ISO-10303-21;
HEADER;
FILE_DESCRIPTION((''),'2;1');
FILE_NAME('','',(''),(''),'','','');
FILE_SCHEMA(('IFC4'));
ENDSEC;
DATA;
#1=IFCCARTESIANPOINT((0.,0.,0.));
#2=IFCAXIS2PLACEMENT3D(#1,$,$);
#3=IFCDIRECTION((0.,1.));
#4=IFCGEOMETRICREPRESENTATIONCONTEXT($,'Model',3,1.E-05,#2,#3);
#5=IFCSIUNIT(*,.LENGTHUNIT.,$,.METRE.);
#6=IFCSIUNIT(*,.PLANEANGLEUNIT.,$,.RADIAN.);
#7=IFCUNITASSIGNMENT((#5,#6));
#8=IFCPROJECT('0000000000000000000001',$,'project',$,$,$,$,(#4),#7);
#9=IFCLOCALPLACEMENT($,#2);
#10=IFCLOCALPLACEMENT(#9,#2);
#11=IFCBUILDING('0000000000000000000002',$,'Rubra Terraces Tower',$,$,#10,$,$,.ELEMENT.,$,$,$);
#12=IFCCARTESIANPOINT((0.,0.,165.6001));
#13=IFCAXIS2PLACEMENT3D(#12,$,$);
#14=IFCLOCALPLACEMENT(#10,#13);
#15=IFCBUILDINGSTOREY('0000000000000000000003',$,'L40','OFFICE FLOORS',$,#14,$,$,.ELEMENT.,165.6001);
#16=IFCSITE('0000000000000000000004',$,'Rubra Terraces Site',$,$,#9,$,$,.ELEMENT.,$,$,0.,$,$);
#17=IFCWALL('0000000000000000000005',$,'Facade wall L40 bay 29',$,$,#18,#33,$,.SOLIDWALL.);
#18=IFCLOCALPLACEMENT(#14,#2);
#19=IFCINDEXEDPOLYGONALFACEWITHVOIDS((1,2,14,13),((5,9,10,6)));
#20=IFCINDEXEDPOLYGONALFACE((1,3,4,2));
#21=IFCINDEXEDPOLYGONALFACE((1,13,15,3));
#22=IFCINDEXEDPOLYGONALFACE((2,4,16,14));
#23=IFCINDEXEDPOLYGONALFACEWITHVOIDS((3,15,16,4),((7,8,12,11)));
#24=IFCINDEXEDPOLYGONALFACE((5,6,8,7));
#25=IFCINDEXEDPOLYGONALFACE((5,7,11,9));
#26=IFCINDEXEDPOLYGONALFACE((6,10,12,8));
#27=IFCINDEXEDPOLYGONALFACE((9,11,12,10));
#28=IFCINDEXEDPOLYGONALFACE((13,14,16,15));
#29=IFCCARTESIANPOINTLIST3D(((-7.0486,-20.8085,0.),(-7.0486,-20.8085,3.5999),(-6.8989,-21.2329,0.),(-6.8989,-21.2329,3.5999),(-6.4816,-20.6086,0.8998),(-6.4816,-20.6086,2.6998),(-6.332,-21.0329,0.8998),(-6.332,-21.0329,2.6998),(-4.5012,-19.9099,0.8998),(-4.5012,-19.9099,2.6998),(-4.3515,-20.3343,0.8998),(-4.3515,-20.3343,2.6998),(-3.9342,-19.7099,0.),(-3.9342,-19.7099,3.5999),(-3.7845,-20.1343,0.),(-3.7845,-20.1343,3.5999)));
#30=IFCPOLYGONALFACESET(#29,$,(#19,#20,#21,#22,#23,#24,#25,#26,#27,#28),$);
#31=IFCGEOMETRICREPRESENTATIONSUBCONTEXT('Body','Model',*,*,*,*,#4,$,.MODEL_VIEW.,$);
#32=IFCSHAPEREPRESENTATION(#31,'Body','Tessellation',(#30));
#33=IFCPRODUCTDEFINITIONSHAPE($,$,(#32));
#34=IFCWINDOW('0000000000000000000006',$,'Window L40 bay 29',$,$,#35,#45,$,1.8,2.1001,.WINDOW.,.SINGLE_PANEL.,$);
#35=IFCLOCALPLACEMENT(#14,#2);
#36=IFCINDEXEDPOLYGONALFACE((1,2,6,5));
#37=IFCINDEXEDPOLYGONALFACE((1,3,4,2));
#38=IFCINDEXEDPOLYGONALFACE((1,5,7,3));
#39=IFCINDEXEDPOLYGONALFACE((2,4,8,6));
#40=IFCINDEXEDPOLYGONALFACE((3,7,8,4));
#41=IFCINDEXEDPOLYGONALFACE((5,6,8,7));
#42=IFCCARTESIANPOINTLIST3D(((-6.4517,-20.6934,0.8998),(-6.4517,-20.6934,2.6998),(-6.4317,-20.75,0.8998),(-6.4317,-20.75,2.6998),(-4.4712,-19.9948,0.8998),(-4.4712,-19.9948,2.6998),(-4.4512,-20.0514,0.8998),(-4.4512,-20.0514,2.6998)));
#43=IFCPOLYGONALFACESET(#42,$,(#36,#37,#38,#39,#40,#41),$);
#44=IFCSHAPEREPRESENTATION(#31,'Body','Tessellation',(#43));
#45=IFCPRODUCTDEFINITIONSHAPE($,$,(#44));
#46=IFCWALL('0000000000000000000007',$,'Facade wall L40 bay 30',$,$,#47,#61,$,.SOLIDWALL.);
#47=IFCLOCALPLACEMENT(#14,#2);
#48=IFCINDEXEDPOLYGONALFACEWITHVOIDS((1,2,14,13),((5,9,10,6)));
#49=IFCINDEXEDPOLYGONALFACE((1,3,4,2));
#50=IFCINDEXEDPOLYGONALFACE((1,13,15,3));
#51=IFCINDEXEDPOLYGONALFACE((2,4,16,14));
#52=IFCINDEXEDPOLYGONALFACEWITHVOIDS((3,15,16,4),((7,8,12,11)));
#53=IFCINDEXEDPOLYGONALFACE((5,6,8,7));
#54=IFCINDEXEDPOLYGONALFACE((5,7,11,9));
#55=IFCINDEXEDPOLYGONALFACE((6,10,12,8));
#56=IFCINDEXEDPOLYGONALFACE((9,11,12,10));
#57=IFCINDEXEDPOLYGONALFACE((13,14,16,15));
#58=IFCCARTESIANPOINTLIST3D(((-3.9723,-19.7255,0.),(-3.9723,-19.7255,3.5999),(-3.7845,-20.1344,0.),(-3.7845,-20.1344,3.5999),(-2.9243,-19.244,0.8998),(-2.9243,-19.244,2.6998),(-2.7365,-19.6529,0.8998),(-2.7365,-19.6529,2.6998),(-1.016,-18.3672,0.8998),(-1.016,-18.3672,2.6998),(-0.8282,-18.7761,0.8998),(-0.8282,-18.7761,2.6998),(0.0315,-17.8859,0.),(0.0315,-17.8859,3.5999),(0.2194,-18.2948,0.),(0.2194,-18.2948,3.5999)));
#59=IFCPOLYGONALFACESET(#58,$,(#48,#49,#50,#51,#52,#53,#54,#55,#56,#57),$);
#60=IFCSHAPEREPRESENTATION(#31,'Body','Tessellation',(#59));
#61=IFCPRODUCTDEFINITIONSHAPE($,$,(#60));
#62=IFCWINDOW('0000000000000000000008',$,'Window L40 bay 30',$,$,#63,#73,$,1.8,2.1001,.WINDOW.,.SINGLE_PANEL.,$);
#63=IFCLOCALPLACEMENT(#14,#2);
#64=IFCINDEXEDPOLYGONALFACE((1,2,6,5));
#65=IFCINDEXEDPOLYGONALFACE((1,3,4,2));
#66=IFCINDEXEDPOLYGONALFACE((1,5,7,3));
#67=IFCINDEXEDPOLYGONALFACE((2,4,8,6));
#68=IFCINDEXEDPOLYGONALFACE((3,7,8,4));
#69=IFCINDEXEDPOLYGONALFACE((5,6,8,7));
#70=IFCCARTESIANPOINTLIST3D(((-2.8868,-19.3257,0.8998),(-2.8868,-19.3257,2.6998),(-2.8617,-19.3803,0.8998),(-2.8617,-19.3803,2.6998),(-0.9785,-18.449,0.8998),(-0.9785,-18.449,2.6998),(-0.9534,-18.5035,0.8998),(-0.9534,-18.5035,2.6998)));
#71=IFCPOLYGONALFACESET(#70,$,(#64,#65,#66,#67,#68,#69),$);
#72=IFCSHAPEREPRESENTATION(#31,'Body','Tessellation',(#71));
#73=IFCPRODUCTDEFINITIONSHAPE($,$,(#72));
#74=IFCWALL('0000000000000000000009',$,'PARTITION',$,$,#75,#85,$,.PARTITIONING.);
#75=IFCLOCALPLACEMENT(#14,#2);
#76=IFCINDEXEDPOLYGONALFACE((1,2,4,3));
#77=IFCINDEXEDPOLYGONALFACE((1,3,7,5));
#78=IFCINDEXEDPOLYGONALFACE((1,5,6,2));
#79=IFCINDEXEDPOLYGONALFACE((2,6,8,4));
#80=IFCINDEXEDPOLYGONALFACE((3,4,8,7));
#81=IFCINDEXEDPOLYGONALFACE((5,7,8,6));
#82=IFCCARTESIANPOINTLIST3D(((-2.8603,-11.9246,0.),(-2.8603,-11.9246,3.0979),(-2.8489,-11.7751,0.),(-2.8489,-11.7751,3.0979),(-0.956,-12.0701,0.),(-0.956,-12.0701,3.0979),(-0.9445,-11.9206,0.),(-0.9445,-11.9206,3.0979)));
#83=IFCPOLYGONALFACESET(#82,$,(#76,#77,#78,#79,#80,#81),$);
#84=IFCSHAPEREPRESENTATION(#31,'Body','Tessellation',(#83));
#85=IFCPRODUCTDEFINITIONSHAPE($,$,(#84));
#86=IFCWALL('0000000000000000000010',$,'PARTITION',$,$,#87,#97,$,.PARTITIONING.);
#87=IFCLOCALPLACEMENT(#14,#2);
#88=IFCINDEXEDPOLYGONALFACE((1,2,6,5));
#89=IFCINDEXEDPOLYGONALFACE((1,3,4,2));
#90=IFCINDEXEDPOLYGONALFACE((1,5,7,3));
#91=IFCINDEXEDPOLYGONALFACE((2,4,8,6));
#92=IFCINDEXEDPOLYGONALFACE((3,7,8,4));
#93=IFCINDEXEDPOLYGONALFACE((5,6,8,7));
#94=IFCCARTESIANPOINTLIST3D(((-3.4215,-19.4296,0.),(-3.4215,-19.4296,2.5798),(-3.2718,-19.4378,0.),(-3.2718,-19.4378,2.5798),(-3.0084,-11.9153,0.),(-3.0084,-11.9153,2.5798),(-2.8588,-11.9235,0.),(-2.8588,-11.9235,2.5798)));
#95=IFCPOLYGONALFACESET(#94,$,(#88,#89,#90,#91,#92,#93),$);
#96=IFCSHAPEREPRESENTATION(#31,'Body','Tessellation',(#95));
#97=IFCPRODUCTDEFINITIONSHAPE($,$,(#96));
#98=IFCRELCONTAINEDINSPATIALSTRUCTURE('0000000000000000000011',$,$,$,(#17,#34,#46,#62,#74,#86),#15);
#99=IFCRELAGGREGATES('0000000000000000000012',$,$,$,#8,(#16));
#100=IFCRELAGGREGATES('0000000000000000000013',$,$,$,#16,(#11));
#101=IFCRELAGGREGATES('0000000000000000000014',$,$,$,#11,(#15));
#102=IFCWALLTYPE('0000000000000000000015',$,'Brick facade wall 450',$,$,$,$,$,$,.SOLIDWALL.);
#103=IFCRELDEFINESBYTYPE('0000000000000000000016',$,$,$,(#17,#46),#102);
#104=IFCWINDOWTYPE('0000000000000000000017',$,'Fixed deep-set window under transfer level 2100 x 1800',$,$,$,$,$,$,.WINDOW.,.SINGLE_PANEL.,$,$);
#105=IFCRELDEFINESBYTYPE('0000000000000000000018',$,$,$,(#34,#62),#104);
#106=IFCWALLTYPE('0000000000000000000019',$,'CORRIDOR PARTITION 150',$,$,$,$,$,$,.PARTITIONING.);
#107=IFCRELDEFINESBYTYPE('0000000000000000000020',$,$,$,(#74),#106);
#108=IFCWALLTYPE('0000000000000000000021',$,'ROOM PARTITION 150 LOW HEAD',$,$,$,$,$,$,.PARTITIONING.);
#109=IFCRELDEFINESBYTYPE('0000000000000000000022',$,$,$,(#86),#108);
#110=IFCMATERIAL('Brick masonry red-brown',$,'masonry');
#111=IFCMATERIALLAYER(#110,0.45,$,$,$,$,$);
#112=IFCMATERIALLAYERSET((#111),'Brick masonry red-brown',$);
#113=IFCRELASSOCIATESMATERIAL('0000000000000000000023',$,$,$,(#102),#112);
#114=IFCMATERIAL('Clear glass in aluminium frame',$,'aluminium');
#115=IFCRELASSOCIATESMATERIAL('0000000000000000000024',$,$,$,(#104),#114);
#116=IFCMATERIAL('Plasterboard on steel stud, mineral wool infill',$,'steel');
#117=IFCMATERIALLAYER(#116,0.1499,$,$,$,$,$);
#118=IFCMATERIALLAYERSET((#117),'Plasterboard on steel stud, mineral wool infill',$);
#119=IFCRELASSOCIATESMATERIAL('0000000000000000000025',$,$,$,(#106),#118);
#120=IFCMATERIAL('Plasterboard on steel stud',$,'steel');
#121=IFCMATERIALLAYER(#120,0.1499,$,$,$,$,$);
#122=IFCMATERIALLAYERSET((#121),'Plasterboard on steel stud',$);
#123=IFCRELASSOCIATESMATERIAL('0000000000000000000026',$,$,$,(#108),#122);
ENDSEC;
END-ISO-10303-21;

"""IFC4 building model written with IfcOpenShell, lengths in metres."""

from ifc_helpers import new_model, si_unit, direction, frame, frame_2d, origin, place, context, subcontext, project, spatial, rectangle, extrude, material, layer, layer_set, type_object, element, fill, save


model = new_model("IFC4")

# Units and contexts
model_context = context("Model", 3, precision=1e-05, world=origin(), true_north=direction((0.0, 1.0)))
body_context = subcontext(model_context, "Body", "Model", "MODEL_VIEW")
ifc_project = project(units=[si_unit("LENGTHUNIT", "METRE"), si_unit("PLANEANGLEUNIT", "RADIAN")], contexts=[model_context])

# Site, building, storey
site_placement = place(None, origin())
site = spatial("IfcSite", under=ifc_project, at=site_placement, Name="Rubra Terraces Site", CompositionType="ELEMENT", RefElevation=0.0)
building_placement = place(site_placement, origin())
building = spatial("IfcBuilding", under=site, at=building_placement, Name="Rubra Terraces Tower", CompositionType="ELEMENT")
storey_placement = place(building_placement, frame((0.0, 0.0, 165.6001)))
storey = spatial("IfcBuildingStorey", under=building, at=storey_placement, Name="L40", Description="OFFICE FLOORS", CompositionType="ELEMENT", Elevation=165.6001)

# Walls, openings, windows
ifc_material_1 = material(Name="Brick masonry red-brown", Category="masonry")
ifc_layer_1 = layer(ifc_material_1, 0.45)
ifc_layer_set_1 = layer_set([ifc_layer_1], Name="Brick masonry red-brown")
wall_type_1 = type_object("IfcWallType", Name="Brick facade wall 450", PredefinedType="SOLIDWALL", material=ifc_layer_set_1)
ifc_material_2 = material(Name="Clear glass in aluminium frame", Category="aluminium")
window_type = type_object("IfcWindowType", Name="Fixed deep-set window under transfer level 2100 x 1800", PartitioningType="SINGLE_PANEL", PredefinedType="WINDOW", material=ifc_material_2)
wall_1_placement = place(storey_placement, frame((-6.9739, -21.0208, 0.0), z_axis=(0.0, 0.0, 1.0), x_axis=(0.943048, 0.332658, 0.0)))
wall_1 = element("IfcWall", 1, at=wall_1_placement, inside=storey, type_object=wall_type_1, Name="Facade wall L40 bay 29", PredefinedType="SOLIDWALL", context=body_context, shape_type="SweptSolid", body=[
    extrude(rectangle(XDim=3.3025, YDim=0.45, at=frame_2d((1.6514, 0.0))), origin(), (0.0, 0.0, 1.0), 3.5999),
])
opening_1_placement = place(wall_1_placement, frame((0.6013, 0.0, 0.8999)))
opening_1 = element("IfcOpeningElement", 2, at=opening_1_placement, cuts=wall_1, PredefinedType="OPENING", context=body_context, shape_type="SweptSolid", body=[
    extrude(rectangle(XDim=2.1001, YDim=1.8, at=frame_2d((1.05, 0.8999))), frame((0.0, 0.2349, 0.0), z_axis=(0.0, -1.0, 0.0), x_axis=(1.0, 0.0, 0.0)), (0.0, 0.0, 1.0), 0.47),
])
window_1_placement = place(opening_1_placement, origin())
window_1 = element("IfcWindow", 3, at=window_1_placement, inside=storey, type_object=window_type, Name="Window L40 bay 29", OverallHeight=1.8, OverallWidth=2.1001, PartitioningType="SINGLE_PANEL", PredefinedType="WINDOW", context=body_context, shape_type="SweptSolid", body=[
    extrude(rectangle(XDim=2.1001, YDim=1.8, at=frame_2d((1.05, 0.8999))), frame((0.0, 0.135, 0.0), z_axis=(0.0, -1.0, 0.0), x_axis=(1.0, 0.0, 0.0)), (0.0, 0.0, 1.0), 0.0601),
])
fill(opening_1, window_1)
wall_2_placement = place(storey_placement, frame((-3.8784, -19.9299, 0.0), z_axis=(0.0, 0.0, 1.0), x_axis=(0.90868, 0.417494, 0.0)))
wall_2 = element("IfcWall", 4, at=wall_2_placement, inside=storey, type_object=wall_type_1, Name="Facade wall L40 bay 30", PredefinedType="SOLIDWALL", context=body_context, shape_type="SweptSolid", body=[
    extrude(rectangle(XDim=4.4062, YDim=0.45, at=frame_2d((2.2031, 0.0))), origin(), (0.0, 0.0, 1.0), 3.5999),
])
opening_2_placement = place(wall_2_placement, frame((1.1533, 0.0, 0.8999)))
opening_2 = element("IfcOpeningElement", 5, at=opening_2_placement, cuts=wall_2, PredefinedType="OPENING", context=body_context, shape_type="SweptSolid", body=[
    extrude(rectangle(XDim=2.1001, YDim=1.8, at=frame_2d((1.05, 0.8999))), frame((0.0, 0.2349, 0.0), z_axis=(0.0, -1.0, 0.0), x_axis=(1.0, 0.0, 0.0)), (0.0, 0.0, 1.0), 0.47),
])
window_2_placement = place(opening_2_placement, origin())
window_2 = element("IfcWindow", 6, at=window_2_placement, inside=storey, type_object=window_type, Name="Window L40 bay 30", OverallHeight=1.8, OverallWidth=2.1001, PartitioningType="SINGLE_PANEL", PredefinedType="WINDOW", context=body_context, shape_type="SweptSolid", body=[
    extrude(rectangle(XDim=2.1001, YDim=1.8, at=frame_2d((1.05, 0.8999))), frame((0.0, 0.135, 0.0), z_axis=(0.0, -1.0, 0.0), x_axis=(1.0, 0.0, 0.0)), (0.0, 0.0, 1.0), 0.0601),
])
fill(opening_2, window_2)

# Walls
ifc_material_3 = material(Name="Plasterboard on steel stud, mineral wool infill", Category="steel")
ifc_layer_2 = layer(ifc_material_3, 0.1499)
ifc_layer_set_2 = layer_set([ifc_layer_2], Name="Plasterboard on steel stud, mineral wool infill")
wall_type_2 = type_object("IfcWallType", Name="CORRIDOR PARTITION 150", PredefinedType="PARTITIONING", material=ifc_layer_set_2)
wall_3_placement = place(storey_placement, frame((-2.8547, -11.8499, 0.0), z_axis=(0.0, 0.0, 1.0), x_axis=(0.997093, -0.076188, 0.0)))
element("IfcWall", 7, at=wall_3_placement, inside=storey, type_object=wall_type_2, Name="PARTITION", PredefinedType="PARTITIONING", context=body_context, shape_type="SweptSolid", body=[
    extrude(rectangle(XDim=1.9099, YDim=0.1499, at=frame_2d((0.9551, 0.0))), origin(), (0.0, 0.0, 1.0), 3.0979),
])
ifc_material_4 = material(Name="Plasterboard on steel stud", Category="steel")
ifc_layer_3 = layer(ifc_material_4, 0.1499)
ifc_layer_set_3 = layer_set([ifc_layer_3], Name="Plasterboard on steel stud")
wall_type_3 = type_object("IfcWallType", Name="ROOM PARTITION 150 LOW HEAD", PredefinedType="PARTITIONING", material=ifc_layer_set_3)
wall_4_placement = place(storey_placement, frame((-3.3467, -19.4336, 0.0), z_axis=(0.0, 0.0, 1.0), x_axis=(0.05489, 0.998492, 0.0)))
element("IfcWall", 8, at=wall_4_placement, inside=storey, type_object=wall_type_3, Name="PARTITION", PredefinedType="PARTITIONING", context=body_context, shape_type="SweptSolid", body=[
    extrude(rectangle(XDim=7.5256, YDim=0.1499, at=frame_2d((3.7627, 0.0))), origin(), (0.0, 0.0, 1.0), 2.5798),
])

save(model, "model.ifc")
